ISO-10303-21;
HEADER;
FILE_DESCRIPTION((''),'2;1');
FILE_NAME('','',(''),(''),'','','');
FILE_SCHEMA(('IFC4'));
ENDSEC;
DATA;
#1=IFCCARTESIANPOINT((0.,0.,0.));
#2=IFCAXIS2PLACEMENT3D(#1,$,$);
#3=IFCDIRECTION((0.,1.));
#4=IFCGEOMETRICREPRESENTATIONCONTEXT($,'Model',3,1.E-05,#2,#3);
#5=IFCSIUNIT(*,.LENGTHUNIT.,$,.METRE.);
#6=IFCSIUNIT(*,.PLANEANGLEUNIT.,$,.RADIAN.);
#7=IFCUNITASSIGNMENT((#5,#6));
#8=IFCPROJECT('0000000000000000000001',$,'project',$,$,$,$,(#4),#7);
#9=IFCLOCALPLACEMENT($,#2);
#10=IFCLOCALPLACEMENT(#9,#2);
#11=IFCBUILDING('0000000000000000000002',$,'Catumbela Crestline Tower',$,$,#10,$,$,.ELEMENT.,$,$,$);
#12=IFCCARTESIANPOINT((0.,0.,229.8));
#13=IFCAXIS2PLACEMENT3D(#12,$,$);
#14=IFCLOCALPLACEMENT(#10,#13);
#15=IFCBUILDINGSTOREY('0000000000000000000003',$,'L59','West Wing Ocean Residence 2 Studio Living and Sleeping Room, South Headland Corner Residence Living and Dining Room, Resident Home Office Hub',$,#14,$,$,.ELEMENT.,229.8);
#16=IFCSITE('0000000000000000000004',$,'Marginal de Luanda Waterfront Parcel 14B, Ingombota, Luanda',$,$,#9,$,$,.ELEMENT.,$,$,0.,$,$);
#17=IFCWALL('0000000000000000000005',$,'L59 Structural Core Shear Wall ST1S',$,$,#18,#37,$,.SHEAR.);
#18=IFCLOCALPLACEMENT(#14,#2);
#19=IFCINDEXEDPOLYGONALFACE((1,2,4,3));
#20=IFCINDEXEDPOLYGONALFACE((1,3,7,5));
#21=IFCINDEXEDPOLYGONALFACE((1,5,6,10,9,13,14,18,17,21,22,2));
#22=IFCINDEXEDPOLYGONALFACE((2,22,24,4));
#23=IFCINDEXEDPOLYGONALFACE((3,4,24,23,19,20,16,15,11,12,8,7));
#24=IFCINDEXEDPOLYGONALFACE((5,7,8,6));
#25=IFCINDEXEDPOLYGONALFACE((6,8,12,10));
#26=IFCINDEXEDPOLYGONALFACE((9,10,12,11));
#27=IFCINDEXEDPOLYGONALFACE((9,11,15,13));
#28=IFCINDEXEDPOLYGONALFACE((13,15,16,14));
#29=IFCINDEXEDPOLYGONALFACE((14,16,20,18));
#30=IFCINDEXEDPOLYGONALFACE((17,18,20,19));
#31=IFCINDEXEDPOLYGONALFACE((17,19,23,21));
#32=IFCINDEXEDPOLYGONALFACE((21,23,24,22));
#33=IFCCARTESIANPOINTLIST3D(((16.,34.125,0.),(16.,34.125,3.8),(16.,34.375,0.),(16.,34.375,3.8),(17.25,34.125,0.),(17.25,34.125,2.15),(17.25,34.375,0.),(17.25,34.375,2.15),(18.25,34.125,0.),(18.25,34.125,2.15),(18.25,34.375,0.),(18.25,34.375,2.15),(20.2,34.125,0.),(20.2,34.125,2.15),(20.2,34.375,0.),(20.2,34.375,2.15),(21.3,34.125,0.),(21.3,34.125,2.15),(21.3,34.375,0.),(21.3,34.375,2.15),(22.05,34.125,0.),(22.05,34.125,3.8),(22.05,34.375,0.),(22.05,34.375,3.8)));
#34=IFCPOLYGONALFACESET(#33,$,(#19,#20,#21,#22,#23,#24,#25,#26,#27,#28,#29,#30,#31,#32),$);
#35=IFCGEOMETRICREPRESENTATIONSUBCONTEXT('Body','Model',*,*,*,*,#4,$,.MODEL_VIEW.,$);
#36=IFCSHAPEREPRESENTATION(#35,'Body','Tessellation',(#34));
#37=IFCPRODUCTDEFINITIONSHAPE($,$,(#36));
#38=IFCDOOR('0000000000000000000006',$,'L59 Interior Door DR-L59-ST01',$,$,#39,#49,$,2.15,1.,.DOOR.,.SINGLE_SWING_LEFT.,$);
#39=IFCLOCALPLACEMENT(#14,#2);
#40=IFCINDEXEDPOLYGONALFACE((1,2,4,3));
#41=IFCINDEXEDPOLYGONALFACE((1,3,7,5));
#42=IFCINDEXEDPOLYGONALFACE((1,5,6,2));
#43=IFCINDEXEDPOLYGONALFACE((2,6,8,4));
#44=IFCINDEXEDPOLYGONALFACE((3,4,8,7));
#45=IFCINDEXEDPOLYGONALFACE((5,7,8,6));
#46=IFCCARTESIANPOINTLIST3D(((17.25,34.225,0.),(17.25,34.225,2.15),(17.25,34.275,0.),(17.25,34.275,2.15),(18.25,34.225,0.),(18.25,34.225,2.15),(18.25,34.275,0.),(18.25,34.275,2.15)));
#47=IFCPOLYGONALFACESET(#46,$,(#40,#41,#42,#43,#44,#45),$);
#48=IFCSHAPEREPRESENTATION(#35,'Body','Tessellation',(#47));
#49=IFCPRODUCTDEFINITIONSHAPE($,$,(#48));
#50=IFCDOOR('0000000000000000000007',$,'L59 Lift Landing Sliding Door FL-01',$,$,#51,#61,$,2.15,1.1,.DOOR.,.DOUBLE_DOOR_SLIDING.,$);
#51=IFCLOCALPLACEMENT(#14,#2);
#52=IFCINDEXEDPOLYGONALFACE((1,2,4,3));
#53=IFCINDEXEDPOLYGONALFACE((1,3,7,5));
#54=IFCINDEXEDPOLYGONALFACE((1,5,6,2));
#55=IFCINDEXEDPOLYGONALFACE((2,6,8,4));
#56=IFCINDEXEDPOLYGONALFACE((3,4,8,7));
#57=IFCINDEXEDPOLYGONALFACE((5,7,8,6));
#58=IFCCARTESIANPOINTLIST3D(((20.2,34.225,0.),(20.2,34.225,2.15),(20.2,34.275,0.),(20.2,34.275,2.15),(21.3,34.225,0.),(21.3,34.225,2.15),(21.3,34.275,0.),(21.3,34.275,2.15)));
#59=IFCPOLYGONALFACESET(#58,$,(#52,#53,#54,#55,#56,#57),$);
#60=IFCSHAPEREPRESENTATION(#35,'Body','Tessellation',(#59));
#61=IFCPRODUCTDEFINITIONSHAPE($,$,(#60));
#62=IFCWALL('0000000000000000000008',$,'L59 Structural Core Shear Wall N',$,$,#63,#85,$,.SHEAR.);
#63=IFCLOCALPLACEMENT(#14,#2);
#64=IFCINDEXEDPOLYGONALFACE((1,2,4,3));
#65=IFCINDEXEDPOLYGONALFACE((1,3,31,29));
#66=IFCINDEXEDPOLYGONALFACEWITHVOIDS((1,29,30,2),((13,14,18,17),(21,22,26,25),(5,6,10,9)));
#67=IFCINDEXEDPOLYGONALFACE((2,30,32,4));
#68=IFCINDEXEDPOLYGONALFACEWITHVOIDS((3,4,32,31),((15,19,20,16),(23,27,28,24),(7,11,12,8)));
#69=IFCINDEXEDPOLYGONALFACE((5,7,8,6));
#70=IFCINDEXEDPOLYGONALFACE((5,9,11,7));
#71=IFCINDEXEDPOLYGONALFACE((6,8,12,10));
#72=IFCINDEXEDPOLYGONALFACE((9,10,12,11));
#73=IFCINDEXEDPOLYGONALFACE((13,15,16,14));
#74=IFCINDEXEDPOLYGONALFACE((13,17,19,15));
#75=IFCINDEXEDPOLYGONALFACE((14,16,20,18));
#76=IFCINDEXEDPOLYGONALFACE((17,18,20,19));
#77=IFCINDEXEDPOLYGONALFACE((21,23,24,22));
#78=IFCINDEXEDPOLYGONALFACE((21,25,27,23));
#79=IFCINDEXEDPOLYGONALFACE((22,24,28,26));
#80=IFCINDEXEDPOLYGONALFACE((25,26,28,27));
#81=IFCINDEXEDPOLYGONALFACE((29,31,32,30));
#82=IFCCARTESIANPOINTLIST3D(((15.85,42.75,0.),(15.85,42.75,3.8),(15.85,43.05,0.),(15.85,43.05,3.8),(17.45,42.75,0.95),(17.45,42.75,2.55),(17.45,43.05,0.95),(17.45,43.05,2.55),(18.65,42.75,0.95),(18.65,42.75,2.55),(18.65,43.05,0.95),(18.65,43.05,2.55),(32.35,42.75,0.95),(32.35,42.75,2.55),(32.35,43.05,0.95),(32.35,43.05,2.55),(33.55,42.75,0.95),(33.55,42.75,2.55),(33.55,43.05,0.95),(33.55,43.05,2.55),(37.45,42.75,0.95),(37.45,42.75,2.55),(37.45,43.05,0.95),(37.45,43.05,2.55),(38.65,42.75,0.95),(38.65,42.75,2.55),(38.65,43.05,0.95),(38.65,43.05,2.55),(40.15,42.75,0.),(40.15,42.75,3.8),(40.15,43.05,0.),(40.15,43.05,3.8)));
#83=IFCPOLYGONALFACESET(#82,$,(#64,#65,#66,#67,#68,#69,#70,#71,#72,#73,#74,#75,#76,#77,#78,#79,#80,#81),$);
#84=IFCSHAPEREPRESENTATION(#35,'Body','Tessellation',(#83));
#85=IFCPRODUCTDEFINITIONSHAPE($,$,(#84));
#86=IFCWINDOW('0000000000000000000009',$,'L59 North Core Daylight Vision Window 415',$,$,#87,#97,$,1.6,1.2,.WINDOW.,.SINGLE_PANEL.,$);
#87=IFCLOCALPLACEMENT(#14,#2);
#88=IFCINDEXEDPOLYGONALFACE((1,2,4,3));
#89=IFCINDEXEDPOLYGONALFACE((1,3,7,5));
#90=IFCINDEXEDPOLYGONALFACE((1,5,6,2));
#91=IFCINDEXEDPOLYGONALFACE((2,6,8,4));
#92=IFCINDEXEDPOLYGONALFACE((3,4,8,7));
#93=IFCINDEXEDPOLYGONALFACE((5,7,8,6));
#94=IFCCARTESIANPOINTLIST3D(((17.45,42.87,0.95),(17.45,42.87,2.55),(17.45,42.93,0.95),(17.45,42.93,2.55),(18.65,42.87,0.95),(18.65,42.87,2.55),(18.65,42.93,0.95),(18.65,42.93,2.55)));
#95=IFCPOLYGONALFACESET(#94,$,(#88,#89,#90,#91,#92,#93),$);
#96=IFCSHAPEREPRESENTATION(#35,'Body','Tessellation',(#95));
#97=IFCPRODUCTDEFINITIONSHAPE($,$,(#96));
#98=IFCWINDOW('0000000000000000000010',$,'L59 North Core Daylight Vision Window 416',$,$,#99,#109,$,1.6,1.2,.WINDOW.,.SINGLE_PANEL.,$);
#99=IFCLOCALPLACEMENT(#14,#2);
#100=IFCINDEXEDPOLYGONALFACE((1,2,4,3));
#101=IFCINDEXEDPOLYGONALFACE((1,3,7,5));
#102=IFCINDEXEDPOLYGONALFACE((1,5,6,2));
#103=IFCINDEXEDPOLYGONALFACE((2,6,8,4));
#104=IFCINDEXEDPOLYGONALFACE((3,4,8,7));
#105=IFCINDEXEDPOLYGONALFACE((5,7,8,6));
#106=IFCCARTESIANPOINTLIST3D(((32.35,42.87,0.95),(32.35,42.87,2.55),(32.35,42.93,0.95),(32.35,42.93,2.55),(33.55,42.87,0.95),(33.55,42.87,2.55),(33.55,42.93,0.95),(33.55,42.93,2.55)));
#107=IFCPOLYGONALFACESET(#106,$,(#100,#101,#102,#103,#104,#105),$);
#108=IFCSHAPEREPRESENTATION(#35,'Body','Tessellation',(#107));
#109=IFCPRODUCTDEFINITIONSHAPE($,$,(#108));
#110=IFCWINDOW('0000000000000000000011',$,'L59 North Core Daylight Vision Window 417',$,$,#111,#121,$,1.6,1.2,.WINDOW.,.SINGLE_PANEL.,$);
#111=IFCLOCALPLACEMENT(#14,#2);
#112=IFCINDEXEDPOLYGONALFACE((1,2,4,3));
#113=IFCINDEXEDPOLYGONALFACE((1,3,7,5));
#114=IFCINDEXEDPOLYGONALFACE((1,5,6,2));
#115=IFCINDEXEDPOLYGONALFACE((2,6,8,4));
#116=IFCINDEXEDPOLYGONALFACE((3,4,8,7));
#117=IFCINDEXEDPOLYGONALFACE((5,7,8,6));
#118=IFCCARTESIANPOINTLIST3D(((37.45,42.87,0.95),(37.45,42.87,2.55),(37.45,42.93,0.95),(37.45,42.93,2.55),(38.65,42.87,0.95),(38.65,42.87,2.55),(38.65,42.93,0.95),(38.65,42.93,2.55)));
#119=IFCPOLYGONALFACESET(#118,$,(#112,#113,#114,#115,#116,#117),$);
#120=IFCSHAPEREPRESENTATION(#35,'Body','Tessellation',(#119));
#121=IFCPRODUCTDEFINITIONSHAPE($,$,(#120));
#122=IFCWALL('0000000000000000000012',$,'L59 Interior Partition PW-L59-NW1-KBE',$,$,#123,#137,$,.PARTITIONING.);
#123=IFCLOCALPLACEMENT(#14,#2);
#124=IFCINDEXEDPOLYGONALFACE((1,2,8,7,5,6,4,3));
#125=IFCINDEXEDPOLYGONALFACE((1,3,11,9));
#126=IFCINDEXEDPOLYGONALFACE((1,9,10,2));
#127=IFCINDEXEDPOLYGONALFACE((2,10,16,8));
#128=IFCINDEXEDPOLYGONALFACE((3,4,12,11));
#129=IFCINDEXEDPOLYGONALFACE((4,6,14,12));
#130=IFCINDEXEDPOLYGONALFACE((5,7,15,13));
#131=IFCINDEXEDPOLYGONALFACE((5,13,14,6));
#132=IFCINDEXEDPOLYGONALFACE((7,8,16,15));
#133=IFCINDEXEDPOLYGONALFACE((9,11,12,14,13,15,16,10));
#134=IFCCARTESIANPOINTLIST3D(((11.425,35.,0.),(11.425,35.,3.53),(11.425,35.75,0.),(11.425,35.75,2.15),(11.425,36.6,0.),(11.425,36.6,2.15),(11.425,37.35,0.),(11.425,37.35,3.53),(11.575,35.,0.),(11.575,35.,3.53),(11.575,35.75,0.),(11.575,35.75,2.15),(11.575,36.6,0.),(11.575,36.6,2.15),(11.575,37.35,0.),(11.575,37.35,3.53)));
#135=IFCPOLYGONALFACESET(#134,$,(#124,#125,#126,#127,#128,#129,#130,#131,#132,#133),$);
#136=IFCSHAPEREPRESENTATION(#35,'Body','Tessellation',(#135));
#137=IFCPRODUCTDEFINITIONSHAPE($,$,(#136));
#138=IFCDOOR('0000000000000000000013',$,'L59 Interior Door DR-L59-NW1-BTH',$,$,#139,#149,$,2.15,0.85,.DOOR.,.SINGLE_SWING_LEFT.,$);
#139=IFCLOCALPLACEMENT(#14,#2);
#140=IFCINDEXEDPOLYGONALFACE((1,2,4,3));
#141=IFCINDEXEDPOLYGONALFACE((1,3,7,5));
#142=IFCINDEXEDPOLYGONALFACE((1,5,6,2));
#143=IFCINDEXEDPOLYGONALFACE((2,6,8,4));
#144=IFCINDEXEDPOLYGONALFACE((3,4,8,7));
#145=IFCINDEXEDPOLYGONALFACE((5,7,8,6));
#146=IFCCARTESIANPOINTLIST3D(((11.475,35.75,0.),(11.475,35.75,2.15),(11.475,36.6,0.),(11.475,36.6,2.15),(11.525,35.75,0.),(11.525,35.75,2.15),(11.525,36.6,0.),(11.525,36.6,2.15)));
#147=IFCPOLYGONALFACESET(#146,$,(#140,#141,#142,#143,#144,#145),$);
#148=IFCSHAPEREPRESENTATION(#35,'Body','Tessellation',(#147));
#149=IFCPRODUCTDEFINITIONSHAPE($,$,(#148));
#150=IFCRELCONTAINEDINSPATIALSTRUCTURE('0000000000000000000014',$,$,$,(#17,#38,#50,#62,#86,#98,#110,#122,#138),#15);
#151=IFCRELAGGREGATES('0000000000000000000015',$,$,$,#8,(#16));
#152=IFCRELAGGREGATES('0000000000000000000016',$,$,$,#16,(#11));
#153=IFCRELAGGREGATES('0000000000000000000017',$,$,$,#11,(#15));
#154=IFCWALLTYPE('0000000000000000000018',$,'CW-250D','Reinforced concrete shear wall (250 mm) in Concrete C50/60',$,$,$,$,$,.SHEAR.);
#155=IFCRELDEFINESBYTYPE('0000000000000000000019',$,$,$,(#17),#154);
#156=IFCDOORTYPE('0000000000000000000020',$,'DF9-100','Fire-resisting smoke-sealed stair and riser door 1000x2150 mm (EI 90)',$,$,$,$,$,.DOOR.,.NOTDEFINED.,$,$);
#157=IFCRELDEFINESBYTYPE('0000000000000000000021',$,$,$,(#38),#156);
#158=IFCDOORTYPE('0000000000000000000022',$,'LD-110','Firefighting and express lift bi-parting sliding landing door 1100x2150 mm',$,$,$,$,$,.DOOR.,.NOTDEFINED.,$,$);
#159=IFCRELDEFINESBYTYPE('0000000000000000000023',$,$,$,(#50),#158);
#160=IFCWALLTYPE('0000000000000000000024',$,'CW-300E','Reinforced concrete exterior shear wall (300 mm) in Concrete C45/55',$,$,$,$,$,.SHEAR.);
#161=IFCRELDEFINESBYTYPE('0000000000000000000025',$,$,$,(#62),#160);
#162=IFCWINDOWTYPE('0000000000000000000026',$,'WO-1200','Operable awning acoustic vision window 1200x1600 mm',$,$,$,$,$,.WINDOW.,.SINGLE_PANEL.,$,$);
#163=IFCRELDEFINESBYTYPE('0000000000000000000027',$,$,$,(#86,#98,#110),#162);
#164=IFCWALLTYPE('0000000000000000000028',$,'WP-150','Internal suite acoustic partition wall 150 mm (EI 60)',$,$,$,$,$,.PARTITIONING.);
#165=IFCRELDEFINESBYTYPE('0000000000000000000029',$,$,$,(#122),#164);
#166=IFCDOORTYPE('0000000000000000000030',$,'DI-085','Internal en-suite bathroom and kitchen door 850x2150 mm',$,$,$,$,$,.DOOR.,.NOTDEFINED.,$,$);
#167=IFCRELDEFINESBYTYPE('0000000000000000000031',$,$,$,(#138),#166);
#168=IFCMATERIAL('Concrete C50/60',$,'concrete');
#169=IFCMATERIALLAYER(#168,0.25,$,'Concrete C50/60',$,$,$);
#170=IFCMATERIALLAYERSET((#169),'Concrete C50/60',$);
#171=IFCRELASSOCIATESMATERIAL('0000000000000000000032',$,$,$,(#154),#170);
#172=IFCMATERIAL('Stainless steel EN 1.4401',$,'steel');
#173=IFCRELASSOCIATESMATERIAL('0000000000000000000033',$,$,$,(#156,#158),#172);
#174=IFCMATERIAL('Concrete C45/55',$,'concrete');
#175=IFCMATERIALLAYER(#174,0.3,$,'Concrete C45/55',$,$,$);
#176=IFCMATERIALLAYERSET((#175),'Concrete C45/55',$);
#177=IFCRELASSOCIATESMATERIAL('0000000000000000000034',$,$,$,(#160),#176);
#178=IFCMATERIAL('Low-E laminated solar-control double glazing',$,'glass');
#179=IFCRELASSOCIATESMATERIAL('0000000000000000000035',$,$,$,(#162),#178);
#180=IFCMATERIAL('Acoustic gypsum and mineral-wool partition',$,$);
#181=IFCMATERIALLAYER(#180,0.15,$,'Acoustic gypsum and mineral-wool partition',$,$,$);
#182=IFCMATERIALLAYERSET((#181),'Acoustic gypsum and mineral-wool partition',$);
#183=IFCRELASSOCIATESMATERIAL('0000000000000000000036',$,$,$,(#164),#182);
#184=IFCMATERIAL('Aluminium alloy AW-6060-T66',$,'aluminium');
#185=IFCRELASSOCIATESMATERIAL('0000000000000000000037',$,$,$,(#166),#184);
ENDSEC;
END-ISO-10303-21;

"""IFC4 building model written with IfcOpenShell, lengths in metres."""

from ifc_helpers import new_model, si_unit, direction, frame, frame_2d, origin, place, context, subcontext, project, spatial, rectangle, extrude, material, layer, layer_set, type_object, element, fill, save


model = new_model("IFC4")

# Units and contexts
model_context = context("Model", 3, precision=1e-05, world=origin(), true_north=direction((0.0, 1.0)))
body_context = subcontext(model_context, "Body", "Model", "MODEL_VIEW")
ifc_project = project(units=[si_unit("LENGTHUNIT", "METRE"), si_unit("PLANEANGLEUNIT", "RADIAN")], contexts=[model_context])

# Site, building, storey
site_placement = place(None, origin())
site = spatial("IfcSite", under=ifc_project, at=site_placement, Name="Marginal de Luanda Waterfront Parcel 14B, Ingombota, Luanda", CompositionType="ELEMENT", RefElevation=0.0)
building_placement = place(site_placement, origin())
building = spatial("IfcBuilding", under=site, at=building_placement, Name="Catumbela Crestline Tower", CompositionType="ELEMENT")
storey_placement = place(building_placement, frame((0.0, 0.0, 229.8)))
storey = spatial("IfcBuildingStorey", under=building, at=storey_placement, Name="L59", Description="West Wing Ocean Residence 2 Studio Living and Sleeping Room, South Headland Corner Residence Living and Dining Room, Resident Home Office Hub", CompositionType="ELEMENT", Elevation=229.8)

# Shared definitions
ifc_material_1 = material(Name="Aluminium alloy AW-6060-T66", Category="aluminium")
ifc_material_2 = material(Name="Low-E laminated solar-control double glazing", Category="glass")

# Wall, openings, doors
ifc_material_3 = material(Name="Concrete C50/60", Category="concrete")
ifc_layer_1 = layer(ifc_material_3, 0.25, Name="Concrete C50/60")
ifc_layer_set_1 = layer_set([ifc_layer_1], Name="Concrete C50/60")
wall_type_1 = type_object("IfcWallType", Name="CW-250D", Description="Reinforced concrete shear wall (250 mm) in Concrete C50/60", PredefinedType="SHEAR", material=ifc_layer_set_1)
wall_1_placement = place(storey_placement, frame((16.0, 34.25, 0.0), z_axis=(0.0, 0.0, 1.0), x_axis=(1.0, 0.0, 0.0)))
wall_1 = element("IfcWall", 1, at=wall_1_placement, inside=storey, type_object=wall_type_1, Name="L59 Structural Core Shear Wall ST1S", PredefinedType="SHEAR", context=body_context, shape_type="SweptSolid", body=[
    extrude(rectangle(XDim=6.05, YDim=0.25, at=frame_2d((3.025, 0.0))), origin(), (0.0, 0.0, 1.0), 3.8),
])
opening_1_placement = place(wall_1_placement, frame((1.25, 0.0, 0.0)))
opening_1 = element("IfcOpeningElement", 2, at=opening_1_placement, cuts=wall_1, PredefinedType="OPENING", context=body_context, shape_type="SweptSolid", body=[
    extrude(rectangle(XDim=1.0, YDim=2.15, at=frame_2d((0.5, 1.075))), frame((0.0, 0.135, 0.0), z_axis=(0.0, -1.0, 0.0), x_axis=(1.0, 0.0, 0.0)), (0.0, 0.0, 1.0), 0.27),
])
opening_2_placement = place(wall_1_placement, frame((4.2, 0.0, 0.0)))
opening_2 = element("IfcOpeningElement", 3, at=opening_2_placement, cuts=wall_1, PredefinedType="OPENING", context=body_context, shape_type="SweptSolid", body=[
    extrude(rectangle(XDim=1.1, YDim=2.15, at=frame_2d((0.55, 1.075))), frame((0.0, 0.135, 0.0), z_axis=(0.0, -1.0, 0.0), x_axis=(1.0, 0.0, 0.0)), (0.0, 0.0, 1.0), 0.27),
])
ifc_material_4 = material(Name="Stainless steel EN 1.4401", Category="steel")
door_type_1 = type_object("IfcDoorType", Name="DF9-100", Description="Fire-resisting smoke-sealed stair and riser door 1000x2150 mm (EI 90)", OperationType="NOTDEFINED", PredefinedType="DOOR", material=ifc_material_4)
door_1_placement = place(opening_1_placement, origin())
door_1 = element("IfcDoor", 4, at=door_1_placement, inside=storey, type_object=door_type_1, Name="L59 Interior Door DR-L59-ST01", OperationType="SINGLE_SWING_LEFT", OverallHeight=2.15, OverallWidth=1.0, PredefinedType="DOOR", context=body_context, shape_type="SweptSolid", body=[
    extrude(rectangle(XDim=1.0, YDim=2.15, at=frame_2d((0.5, 1.075))), frame((0.0, 0.025, 0.0), z_axis=(0.0, -1.0, 0.0), x_axis=(1.0, 0.0, 0.0)), (0.0, 0.0, 1.0), 0.05),
])
fill(opening_1, door_1)
door_type_2 = type_object("IfcDoorType", Name="LD-110", Description="Firefighting and express lift bi-parting sliding landing door 1100x2150 mm", OperationType="NOTDEFINED", PredefinedType="DOOR", material=ifc_material_4)
door_2_placement = place(opening_2_placement, origin())
door_2 = element("IfcDoor", 5, at=door_2_placement, inside=storey, type_object=door_type_2, Name="L59 Lift Landing Sliding Door FL-01", OperationType="DOUBLE_DOOR_SLIDING", OverallHeight=2.15, OverallWidth=1.1, PredefinedType="DOOR", context=body_context, shape_type="SweptSolid", body=[
    extrude(rectangle(XDim=1.1, YDim=2.15, at=frame_2d((0.55, 1.075))), frame((0.0, 0.025, 0.0), z_axis=(0.0, -1.0, 0.0), x_axis=(1.0, 0.0, 0.0)), (0.0, 0.0, 1.0), 0.05),
])
fill(opening_2, door_2)

# Wall, openings, windows
ifc_material_5 = material(Name="Concrete C45/55", Category="concrete")
ifc_layer_2 = layer(ifc_material_5, 0.3, Name="Concrete C45/55")
ifc_layer_set_2 = layer_set([ifc_layer_2], Name="Concrete C45/55")
wall_type_2 = type_object("IfcWallType", Name="CW-300E", Description="Reinforced concrete exterior shear wall (300 mm) in Concrete C45/55", PredefinedType="SHEAR", material=ifc_layer_set_2)
wall_2_placement = place(storey_placement, frame((15.85, 42.9, 0.0), z_axis=(0.0, 0.0, 1.0), x_axis=(1.0, 0.0, 0.0)))
wall_2 = element("IfcWall", 6, at=wall_2_placement, inside=storey, type_object=wall_type_2, Name="L59 Structural Core Shear Wall N", PredefinedType="SHEAR", context=body_context, shape_type="SweptSolid", body=[
    extrude(rectangle(XDim=24.3, YDim=0.3, at=frame_2d((12.15, 0.0))), origin(), (0.0, 0.0, 1.0), 3.8),
])
opening_3_placement = place(wall_2_placement, frame((1.6, 0.0, 0.95)))
opening_3 = element("IfcOpeningElement", 7, at=opening_3_placement, cuts=wall_2, PredefinedType="OPENING", context=body_context, shape_type="SweptSolid", body=[
    extrude(rectangle(XDim=1.2, YDim=1.6, at=frame_2d((0.6, 0.8))), frame((0.0, 0.16, 0.0), z_axis=(0.0, -1.0, 0.0), x_axis=(1.0, 0.0, 0.0)), (0.0, 0.0, 1.0), 0.32),
])
opening_4_placement = place(wall_2_placement, frame((16.5, 0.0, 0.95)))
opening_4 = element("IfcOpeningElement", 8, at=opening_4_placement, cuts=wall_2, PredefinedType="OPENING", context=body_context, shape_type="SweptSolid", body=[
    extrude(rectangle(XDim=1.2, YDim=1.6, at=frame_2d((0.6, 0.8))), frame((0.0, 0.16, 0.0), z_axis=(0.0, -1.0, 0.0), x_axis=(1.0, 0.0, 0.0)), (0.0, 0.0, 1.0), 0.32),
])
opening_5_placement = place(wall_2_placement, frame((21.6, 0.0, 0.95)))
opening_5 = element("IfcOpeningElement", 9, at=opening_5_placement, cuts=wall_2, PredefinedType="OPENING", context=body_context, shape_type="SweptSolid", body=[
    extrude(rectangle(XDim=1.2, YDim=1.6, at=frame_2d((0.6, 0.8))), frame((0.0, 0.16, 0.0), z_axis=(0.0, -1.0, 0.0), x_axis=(1.0, 0.0, 0.0)), (0.0, 0.0, 1.0), 0.32),
])
window_type = type_object("IfcWindowType", Name="WO-1200", Description="Operable awning acoustic vision window 1200x1600 mm", PartitioningType="SINGLE_PANEL", PredefinedType="WINDOW", material=ifc_material_2)
window_1_placement = place(opening_3_placement, origin())
window_1 = element("IfcWindow", 10, at=window_1_placement, inside=storey, type_object=window_type, Name="L59 North Core Daylight Vision Window 415", OverallHeight=1.6, OverallWidth=1.2, PartitioningType="SINGLE_PANEL", PredefinedType="WINDOW", context=body_context, shape_type="SweptSolid", body=[
    extrude(rectangle(XDim=1.2, YDim=1.6, at=frame_2d((0.6, 0.8))), frame((0.0, 0.03, 0.0), z_axis=(0.0, -1.0, 0.0), x_axis=(1.0, 0.0, 0.0)), (0.0, 0.0, 1.0), 0.06),
])
fill(opening_3, window_1)
window_2_placement = place(opening_4_placement, origin())
window_2 = element("IfcWindow", 11, at=window_2_placement, inside=storey, type_object=window_type, Name="L59 North Core Daylight Vision Window 416", OverallHeight=1.6, OverallWidth=1.2, PartitioningType="SINGLE_PANEL", PredefinedType="WINDOW", context=body_context, shape_type="SweptSolid", body=[
    extrude(rectangle(XDim=1.2, YDim=1.6, at=frame_2d((0.6, 0.8))), frame((0.0, 0.03, 0.0), z_axis=(0.0, -1.0, 0.0), x_axis=(1.0, 0.0, 0.0)), (0.0, 0.0, 1.0), 0.06),
])
fill(opening_4, window_2)
window_3_placement = place(opening_5_placement, origin())
window_3 = element("IfcWindow", 12, at=window_3_placement, inside=storey, type_object=window_type, Name="L59 North Core Daylight Vision Window 417", OverallHeight=1.6, OverallWidth=1.2, PartitioningType="SINGLE_PANEL", PredefinedType="WINDOW", context=body_context, shape_type="SweptSolid", body=[
    extrude(rectangle(XDim=1.2, YDim=1.6, at=frame_2d((0.6, 0.8))), frame((0.0, 0.03, 0.0), z_axis=(0.0, -1.0, 0.0), x_axis=(1.0, 0.0, 0.0)), (0.0, 0.0, 1.0), 0.06),
])
fill(opening_5, window_3)

# Wall, opening, door
ifc_material_6 = material(Name="Acoustic gypsum and mineral-wool partition")
ifc_layer_3 = layer(ifc_material_6, 0.15, Name="Acoustic gypsum and mineral-wool partition")
ifc_layer_set_3 = layer_set([ifc_layer_3], Name="Acoustic gypsum and mineral-wool partition")
wall_type_3 = type_object("IfcWallType", Name="WP-150", Description="Internal suite acoustic partition wall 150 mm (EI 60)", PredefinedType="PARTITIONING", material=ifc_layer_set_3)
wall_3_placement = place(storey_placement, frame((11.5, 35.0, 0.0), z_axis=(0.0, 0.0, 1.0), x_axis=(0.0, 1.0, 0.0)))
wall_3 = element("IfcWall", 13, at=wall_3_placement, inside=storey, type_object=wall_type_3, Name="L59 Interior Partition PW-L59-NW1-KBE", PredefinedType="PARTITIONING", context=body_context, shape_type="SweptSolid", body=[
    extrude(rectangle(XDim=2.35, YDim=0.15, at=frame_2d((1.175, 0.0))), origin(), (0.0, 0.0, 1.0), 3.53),
])
opening_6_placement = place(wall_3_placement, frame((0.75, 0.0, 0.0)))
opening_6 = element("IfcOpeningElement", 14, at=opening_6_placement, cuts=wall_3, PredefinedType="OPENING", context=body_context, shape_type="SweptSolid", body=[
    extrude(rectangle(XDim=0.85, YDim=2.15, at=frame_2d((0.425, 1.075))), frame((0.0, 0.085, 0.0), z_axis=(0.0, -1.0, 0.0), x_axis=(1.0, 0.0, 0.0)), (0.0, 0.0, 1.0), 0.17),
])
door_type_3 = type_object("IfcDoorType", Name="DI-085", Description="Internal en-suite bathroom and kitchen door 850x2150 mm", OperationType="NOTDEFINED", PredefinedType="DOOR", material=ifc_material_1)
door_3_placement = place(opening_6_placement, origin())
door_3 = element("IfcDoor", 15, at=door_3_placement, inside=storey, type_object=door_type_3, Name="L59 Interior Door DR-L59-NW1-BTH", OperationType="SINGLE_SWING_LEFT", OverallHeight=2.15, OverallWidth=0.85, PredefinedType="DOOR", context=body_context, shape_type="SweptSolid", body=[
    extrude(rectangle(XDim=0.85, YDim=2.15, at=frame_2d((0.425, 1.075))), frame((0.0, 0.025, 0.0), z_axis=(0.0, -1.0, 0.0), x_axis=(1.0, 0.0, 0.0)), (0.0, 0.0, 1.0), 0.05),
])
fill(opening_6, door_3)

save(model, "model.ifc")
